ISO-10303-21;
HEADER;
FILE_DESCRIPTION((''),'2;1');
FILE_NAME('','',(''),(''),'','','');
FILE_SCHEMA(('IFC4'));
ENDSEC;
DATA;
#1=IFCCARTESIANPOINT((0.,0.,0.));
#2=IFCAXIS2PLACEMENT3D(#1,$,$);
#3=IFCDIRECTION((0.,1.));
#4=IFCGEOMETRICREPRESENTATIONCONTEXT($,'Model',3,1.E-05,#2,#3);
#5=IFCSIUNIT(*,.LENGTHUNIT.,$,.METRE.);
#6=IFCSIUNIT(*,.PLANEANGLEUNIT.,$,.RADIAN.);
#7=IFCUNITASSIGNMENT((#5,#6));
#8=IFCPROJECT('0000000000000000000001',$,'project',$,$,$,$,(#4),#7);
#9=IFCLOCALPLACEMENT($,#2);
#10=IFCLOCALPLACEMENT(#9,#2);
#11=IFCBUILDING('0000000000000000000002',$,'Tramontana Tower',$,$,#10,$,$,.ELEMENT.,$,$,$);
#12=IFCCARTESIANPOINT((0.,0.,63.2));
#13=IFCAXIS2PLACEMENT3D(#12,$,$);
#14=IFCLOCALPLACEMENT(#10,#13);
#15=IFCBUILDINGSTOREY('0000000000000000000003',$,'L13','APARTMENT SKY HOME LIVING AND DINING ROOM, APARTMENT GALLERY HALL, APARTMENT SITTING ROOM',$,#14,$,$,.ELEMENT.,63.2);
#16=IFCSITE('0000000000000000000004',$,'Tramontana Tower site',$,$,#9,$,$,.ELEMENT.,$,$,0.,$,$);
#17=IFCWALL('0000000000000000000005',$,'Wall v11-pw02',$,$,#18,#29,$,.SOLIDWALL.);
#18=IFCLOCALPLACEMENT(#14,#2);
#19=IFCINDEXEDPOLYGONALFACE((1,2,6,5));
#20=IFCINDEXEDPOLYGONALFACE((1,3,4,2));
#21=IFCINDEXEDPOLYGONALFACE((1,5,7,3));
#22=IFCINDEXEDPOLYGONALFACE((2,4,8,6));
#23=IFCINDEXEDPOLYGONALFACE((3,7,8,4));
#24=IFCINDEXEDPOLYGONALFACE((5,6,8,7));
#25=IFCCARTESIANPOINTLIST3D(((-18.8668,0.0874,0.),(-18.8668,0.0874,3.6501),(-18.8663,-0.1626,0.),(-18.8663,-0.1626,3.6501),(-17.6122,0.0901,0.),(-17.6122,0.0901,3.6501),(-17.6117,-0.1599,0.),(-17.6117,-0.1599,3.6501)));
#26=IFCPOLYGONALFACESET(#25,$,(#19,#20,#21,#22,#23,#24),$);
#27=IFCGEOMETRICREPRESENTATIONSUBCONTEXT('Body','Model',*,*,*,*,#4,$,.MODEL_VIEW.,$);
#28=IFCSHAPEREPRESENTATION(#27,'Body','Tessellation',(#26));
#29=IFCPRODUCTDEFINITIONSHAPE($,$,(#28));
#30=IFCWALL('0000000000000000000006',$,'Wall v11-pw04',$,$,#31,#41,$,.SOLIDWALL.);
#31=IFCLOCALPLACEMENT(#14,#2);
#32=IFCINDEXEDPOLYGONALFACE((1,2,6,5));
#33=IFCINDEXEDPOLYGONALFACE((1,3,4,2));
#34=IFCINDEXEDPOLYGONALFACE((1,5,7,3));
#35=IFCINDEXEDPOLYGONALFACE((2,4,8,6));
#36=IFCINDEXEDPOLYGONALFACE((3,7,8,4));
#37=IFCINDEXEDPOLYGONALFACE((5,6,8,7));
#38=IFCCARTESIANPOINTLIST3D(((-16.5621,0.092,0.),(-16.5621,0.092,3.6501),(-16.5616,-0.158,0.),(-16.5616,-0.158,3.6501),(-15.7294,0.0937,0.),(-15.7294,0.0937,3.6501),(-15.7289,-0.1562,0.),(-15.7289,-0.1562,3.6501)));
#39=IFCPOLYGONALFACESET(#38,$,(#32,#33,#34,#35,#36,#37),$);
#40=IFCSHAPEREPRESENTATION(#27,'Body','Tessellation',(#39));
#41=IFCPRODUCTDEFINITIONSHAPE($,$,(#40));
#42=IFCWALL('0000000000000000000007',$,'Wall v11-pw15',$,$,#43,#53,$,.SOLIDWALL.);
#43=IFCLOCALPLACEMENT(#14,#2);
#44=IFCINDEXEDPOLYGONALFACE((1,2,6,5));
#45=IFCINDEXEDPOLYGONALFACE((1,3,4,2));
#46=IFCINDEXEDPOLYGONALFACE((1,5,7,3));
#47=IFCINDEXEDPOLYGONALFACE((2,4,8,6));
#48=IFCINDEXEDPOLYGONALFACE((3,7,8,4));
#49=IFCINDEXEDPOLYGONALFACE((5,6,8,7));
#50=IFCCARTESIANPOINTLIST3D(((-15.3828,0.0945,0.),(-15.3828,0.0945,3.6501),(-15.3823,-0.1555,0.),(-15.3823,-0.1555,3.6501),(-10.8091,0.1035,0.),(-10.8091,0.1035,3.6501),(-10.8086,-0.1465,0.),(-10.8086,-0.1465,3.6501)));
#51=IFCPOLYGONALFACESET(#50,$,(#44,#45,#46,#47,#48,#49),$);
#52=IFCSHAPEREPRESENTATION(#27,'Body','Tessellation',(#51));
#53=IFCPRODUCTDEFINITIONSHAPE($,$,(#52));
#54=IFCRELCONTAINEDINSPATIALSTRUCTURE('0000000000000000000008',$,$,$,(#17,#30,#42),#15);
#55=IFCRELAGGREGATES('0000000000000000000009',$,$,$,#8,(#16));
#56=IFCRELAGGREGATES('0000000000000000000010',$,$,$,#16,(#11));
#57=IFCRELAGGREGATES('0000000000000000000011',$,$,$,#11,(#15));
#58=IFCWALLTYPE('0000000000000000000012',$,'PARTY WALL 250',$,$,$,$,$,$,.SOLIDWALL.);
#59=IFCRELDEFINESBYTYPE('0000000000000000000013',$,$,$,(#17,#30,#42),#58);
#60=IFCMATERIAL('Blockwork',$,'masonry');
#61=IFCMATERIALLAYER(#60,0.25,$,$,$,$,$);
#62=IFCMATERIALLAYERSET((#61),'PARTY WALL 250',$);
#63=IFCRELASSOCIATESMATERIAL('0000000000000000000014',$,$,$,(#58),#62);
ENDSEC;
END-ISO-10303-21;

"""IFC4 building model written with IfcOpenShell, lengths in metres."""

from ifc_helpers import new_model, si_unit, direction, frame, frame_2d, origin, place, context, subcontext, project, spatial, rectangle, extrude, material, layer, layer_set, type_object, element, save


model = new_model("IFC4")

# Units and contexts
model_context = context("Model", 3, precision=1e-05, world=origin(), true_north=direction((0.0, 1.0)))
body_context = subcontext(model_context, "Body", "Model", "MODEL_VIEW")
ifc_project = project(units=[si_unit("LENGTHUNIT", "METRE"), si_unit("PLANEANGLEUNIT", "RADIAN")], contexts=[model_context])

# Site, building, storey
site_placement = place(None, origin())
site = spatial("IfcSite", under=ifc_project, at=site_placement, Name="Tramontana Tower site", CompositionType="ELEMENT", RefElevation=0.0)
building_placement = place(site_placement, origin())
building = spatial("IfcBuilding", under=site, at=building_placement, Name="Tramontana Tower", CompositionType="ELEMENT")
storey_placement = place(building_placement, frame((0.0, 0.0, 63.2)))
storey = spatial("IfcBuildingStorey", under=building, at=storey_placement, Name="L13", Description="APARTMENT SKY HOME LIVING AND DINING ROOM, APARTMENT GALLERY HALL, APARTMENT SITTING ROOM", CompositionType="ELEMENT", Elevation=63.2)

# Walls
ifc_material_1 = material(Name="Blockwork", Category="masonry")
ifc_layer_1 = layer(ifc_material_1, 0.25)
ifc_layer_set_1 = layer_set([ifc_layer_1], Name="PARTY WALL 250")
wall_type_1 = type_object("IfcWallType", Name="PARTY WALL 250", PredefinedType="SOLIDWALL", material=ifc_layer_set_1)
wall_1_placement = place(storey_placement, frame((-17.6118, -0.0349, 0.0), z_axis=(0.0, 0.0, 1.0), x_axis=(-0.999998, -0.00214, 0.0)))
element("IfcWall", 1, at=wall_1_placement, inside=storey, type_object=wall_type_1, Name="Wall v11-pw02", PredefinedType="SOLIDWALL", context=body_context, shape_type="SweptSolid", body=[
    extrude(rectangle(XDim=1.2546, YDim=0.25, at=frame_2d((0.6274, 0.0))), origin(), (0.0, 0.0, 1.0), 3.6501),
])
wall_2_placement = place(storey_placement, frame((-15.729, -0.0312, 0.0), z_axis=(0.0, 0.0, 1.0), x_axis=(-0.999998, -0.002052, 0.0)))
element("IfcWall", 2, at=wall_2_placement, inside=storey, type_object=wall_type_1, Name="Wall v11-pw04", PredefinedType="SOLIDWALL", context=body_context, shape_type="SweptSolid", body=[
    extrude(rectangle(XDim=0.8328, YDim=0.25, at=frame_2d((0.4165, 0.0))), origin(), (0.0, 0.0, 1.0), 3.6501),
])
wall_3_placement = place(storey_placement, frame((-10.8088, -0.0215, 0.0), z_axis=(0.0, 0.0, 1.0), x_axis=(-0.999998, -0.001975, 0.0)))
element("IfcWall", 3, at=wall_3_placement, inside=storey, type_object=wall_type_1, Name="Wall v11-pw15", PredefinedType="SOLIDWALL", context=body_context, shape_type="SweptSolid", body=[
    extrude(rectangle(XDim=4.5737, YDim=0.25, at=frame_2d((2.2869, 0.0))), origin(), (0.0, 0.0, 1.0), 3.6501),
])

save(model, "model.ifc")
